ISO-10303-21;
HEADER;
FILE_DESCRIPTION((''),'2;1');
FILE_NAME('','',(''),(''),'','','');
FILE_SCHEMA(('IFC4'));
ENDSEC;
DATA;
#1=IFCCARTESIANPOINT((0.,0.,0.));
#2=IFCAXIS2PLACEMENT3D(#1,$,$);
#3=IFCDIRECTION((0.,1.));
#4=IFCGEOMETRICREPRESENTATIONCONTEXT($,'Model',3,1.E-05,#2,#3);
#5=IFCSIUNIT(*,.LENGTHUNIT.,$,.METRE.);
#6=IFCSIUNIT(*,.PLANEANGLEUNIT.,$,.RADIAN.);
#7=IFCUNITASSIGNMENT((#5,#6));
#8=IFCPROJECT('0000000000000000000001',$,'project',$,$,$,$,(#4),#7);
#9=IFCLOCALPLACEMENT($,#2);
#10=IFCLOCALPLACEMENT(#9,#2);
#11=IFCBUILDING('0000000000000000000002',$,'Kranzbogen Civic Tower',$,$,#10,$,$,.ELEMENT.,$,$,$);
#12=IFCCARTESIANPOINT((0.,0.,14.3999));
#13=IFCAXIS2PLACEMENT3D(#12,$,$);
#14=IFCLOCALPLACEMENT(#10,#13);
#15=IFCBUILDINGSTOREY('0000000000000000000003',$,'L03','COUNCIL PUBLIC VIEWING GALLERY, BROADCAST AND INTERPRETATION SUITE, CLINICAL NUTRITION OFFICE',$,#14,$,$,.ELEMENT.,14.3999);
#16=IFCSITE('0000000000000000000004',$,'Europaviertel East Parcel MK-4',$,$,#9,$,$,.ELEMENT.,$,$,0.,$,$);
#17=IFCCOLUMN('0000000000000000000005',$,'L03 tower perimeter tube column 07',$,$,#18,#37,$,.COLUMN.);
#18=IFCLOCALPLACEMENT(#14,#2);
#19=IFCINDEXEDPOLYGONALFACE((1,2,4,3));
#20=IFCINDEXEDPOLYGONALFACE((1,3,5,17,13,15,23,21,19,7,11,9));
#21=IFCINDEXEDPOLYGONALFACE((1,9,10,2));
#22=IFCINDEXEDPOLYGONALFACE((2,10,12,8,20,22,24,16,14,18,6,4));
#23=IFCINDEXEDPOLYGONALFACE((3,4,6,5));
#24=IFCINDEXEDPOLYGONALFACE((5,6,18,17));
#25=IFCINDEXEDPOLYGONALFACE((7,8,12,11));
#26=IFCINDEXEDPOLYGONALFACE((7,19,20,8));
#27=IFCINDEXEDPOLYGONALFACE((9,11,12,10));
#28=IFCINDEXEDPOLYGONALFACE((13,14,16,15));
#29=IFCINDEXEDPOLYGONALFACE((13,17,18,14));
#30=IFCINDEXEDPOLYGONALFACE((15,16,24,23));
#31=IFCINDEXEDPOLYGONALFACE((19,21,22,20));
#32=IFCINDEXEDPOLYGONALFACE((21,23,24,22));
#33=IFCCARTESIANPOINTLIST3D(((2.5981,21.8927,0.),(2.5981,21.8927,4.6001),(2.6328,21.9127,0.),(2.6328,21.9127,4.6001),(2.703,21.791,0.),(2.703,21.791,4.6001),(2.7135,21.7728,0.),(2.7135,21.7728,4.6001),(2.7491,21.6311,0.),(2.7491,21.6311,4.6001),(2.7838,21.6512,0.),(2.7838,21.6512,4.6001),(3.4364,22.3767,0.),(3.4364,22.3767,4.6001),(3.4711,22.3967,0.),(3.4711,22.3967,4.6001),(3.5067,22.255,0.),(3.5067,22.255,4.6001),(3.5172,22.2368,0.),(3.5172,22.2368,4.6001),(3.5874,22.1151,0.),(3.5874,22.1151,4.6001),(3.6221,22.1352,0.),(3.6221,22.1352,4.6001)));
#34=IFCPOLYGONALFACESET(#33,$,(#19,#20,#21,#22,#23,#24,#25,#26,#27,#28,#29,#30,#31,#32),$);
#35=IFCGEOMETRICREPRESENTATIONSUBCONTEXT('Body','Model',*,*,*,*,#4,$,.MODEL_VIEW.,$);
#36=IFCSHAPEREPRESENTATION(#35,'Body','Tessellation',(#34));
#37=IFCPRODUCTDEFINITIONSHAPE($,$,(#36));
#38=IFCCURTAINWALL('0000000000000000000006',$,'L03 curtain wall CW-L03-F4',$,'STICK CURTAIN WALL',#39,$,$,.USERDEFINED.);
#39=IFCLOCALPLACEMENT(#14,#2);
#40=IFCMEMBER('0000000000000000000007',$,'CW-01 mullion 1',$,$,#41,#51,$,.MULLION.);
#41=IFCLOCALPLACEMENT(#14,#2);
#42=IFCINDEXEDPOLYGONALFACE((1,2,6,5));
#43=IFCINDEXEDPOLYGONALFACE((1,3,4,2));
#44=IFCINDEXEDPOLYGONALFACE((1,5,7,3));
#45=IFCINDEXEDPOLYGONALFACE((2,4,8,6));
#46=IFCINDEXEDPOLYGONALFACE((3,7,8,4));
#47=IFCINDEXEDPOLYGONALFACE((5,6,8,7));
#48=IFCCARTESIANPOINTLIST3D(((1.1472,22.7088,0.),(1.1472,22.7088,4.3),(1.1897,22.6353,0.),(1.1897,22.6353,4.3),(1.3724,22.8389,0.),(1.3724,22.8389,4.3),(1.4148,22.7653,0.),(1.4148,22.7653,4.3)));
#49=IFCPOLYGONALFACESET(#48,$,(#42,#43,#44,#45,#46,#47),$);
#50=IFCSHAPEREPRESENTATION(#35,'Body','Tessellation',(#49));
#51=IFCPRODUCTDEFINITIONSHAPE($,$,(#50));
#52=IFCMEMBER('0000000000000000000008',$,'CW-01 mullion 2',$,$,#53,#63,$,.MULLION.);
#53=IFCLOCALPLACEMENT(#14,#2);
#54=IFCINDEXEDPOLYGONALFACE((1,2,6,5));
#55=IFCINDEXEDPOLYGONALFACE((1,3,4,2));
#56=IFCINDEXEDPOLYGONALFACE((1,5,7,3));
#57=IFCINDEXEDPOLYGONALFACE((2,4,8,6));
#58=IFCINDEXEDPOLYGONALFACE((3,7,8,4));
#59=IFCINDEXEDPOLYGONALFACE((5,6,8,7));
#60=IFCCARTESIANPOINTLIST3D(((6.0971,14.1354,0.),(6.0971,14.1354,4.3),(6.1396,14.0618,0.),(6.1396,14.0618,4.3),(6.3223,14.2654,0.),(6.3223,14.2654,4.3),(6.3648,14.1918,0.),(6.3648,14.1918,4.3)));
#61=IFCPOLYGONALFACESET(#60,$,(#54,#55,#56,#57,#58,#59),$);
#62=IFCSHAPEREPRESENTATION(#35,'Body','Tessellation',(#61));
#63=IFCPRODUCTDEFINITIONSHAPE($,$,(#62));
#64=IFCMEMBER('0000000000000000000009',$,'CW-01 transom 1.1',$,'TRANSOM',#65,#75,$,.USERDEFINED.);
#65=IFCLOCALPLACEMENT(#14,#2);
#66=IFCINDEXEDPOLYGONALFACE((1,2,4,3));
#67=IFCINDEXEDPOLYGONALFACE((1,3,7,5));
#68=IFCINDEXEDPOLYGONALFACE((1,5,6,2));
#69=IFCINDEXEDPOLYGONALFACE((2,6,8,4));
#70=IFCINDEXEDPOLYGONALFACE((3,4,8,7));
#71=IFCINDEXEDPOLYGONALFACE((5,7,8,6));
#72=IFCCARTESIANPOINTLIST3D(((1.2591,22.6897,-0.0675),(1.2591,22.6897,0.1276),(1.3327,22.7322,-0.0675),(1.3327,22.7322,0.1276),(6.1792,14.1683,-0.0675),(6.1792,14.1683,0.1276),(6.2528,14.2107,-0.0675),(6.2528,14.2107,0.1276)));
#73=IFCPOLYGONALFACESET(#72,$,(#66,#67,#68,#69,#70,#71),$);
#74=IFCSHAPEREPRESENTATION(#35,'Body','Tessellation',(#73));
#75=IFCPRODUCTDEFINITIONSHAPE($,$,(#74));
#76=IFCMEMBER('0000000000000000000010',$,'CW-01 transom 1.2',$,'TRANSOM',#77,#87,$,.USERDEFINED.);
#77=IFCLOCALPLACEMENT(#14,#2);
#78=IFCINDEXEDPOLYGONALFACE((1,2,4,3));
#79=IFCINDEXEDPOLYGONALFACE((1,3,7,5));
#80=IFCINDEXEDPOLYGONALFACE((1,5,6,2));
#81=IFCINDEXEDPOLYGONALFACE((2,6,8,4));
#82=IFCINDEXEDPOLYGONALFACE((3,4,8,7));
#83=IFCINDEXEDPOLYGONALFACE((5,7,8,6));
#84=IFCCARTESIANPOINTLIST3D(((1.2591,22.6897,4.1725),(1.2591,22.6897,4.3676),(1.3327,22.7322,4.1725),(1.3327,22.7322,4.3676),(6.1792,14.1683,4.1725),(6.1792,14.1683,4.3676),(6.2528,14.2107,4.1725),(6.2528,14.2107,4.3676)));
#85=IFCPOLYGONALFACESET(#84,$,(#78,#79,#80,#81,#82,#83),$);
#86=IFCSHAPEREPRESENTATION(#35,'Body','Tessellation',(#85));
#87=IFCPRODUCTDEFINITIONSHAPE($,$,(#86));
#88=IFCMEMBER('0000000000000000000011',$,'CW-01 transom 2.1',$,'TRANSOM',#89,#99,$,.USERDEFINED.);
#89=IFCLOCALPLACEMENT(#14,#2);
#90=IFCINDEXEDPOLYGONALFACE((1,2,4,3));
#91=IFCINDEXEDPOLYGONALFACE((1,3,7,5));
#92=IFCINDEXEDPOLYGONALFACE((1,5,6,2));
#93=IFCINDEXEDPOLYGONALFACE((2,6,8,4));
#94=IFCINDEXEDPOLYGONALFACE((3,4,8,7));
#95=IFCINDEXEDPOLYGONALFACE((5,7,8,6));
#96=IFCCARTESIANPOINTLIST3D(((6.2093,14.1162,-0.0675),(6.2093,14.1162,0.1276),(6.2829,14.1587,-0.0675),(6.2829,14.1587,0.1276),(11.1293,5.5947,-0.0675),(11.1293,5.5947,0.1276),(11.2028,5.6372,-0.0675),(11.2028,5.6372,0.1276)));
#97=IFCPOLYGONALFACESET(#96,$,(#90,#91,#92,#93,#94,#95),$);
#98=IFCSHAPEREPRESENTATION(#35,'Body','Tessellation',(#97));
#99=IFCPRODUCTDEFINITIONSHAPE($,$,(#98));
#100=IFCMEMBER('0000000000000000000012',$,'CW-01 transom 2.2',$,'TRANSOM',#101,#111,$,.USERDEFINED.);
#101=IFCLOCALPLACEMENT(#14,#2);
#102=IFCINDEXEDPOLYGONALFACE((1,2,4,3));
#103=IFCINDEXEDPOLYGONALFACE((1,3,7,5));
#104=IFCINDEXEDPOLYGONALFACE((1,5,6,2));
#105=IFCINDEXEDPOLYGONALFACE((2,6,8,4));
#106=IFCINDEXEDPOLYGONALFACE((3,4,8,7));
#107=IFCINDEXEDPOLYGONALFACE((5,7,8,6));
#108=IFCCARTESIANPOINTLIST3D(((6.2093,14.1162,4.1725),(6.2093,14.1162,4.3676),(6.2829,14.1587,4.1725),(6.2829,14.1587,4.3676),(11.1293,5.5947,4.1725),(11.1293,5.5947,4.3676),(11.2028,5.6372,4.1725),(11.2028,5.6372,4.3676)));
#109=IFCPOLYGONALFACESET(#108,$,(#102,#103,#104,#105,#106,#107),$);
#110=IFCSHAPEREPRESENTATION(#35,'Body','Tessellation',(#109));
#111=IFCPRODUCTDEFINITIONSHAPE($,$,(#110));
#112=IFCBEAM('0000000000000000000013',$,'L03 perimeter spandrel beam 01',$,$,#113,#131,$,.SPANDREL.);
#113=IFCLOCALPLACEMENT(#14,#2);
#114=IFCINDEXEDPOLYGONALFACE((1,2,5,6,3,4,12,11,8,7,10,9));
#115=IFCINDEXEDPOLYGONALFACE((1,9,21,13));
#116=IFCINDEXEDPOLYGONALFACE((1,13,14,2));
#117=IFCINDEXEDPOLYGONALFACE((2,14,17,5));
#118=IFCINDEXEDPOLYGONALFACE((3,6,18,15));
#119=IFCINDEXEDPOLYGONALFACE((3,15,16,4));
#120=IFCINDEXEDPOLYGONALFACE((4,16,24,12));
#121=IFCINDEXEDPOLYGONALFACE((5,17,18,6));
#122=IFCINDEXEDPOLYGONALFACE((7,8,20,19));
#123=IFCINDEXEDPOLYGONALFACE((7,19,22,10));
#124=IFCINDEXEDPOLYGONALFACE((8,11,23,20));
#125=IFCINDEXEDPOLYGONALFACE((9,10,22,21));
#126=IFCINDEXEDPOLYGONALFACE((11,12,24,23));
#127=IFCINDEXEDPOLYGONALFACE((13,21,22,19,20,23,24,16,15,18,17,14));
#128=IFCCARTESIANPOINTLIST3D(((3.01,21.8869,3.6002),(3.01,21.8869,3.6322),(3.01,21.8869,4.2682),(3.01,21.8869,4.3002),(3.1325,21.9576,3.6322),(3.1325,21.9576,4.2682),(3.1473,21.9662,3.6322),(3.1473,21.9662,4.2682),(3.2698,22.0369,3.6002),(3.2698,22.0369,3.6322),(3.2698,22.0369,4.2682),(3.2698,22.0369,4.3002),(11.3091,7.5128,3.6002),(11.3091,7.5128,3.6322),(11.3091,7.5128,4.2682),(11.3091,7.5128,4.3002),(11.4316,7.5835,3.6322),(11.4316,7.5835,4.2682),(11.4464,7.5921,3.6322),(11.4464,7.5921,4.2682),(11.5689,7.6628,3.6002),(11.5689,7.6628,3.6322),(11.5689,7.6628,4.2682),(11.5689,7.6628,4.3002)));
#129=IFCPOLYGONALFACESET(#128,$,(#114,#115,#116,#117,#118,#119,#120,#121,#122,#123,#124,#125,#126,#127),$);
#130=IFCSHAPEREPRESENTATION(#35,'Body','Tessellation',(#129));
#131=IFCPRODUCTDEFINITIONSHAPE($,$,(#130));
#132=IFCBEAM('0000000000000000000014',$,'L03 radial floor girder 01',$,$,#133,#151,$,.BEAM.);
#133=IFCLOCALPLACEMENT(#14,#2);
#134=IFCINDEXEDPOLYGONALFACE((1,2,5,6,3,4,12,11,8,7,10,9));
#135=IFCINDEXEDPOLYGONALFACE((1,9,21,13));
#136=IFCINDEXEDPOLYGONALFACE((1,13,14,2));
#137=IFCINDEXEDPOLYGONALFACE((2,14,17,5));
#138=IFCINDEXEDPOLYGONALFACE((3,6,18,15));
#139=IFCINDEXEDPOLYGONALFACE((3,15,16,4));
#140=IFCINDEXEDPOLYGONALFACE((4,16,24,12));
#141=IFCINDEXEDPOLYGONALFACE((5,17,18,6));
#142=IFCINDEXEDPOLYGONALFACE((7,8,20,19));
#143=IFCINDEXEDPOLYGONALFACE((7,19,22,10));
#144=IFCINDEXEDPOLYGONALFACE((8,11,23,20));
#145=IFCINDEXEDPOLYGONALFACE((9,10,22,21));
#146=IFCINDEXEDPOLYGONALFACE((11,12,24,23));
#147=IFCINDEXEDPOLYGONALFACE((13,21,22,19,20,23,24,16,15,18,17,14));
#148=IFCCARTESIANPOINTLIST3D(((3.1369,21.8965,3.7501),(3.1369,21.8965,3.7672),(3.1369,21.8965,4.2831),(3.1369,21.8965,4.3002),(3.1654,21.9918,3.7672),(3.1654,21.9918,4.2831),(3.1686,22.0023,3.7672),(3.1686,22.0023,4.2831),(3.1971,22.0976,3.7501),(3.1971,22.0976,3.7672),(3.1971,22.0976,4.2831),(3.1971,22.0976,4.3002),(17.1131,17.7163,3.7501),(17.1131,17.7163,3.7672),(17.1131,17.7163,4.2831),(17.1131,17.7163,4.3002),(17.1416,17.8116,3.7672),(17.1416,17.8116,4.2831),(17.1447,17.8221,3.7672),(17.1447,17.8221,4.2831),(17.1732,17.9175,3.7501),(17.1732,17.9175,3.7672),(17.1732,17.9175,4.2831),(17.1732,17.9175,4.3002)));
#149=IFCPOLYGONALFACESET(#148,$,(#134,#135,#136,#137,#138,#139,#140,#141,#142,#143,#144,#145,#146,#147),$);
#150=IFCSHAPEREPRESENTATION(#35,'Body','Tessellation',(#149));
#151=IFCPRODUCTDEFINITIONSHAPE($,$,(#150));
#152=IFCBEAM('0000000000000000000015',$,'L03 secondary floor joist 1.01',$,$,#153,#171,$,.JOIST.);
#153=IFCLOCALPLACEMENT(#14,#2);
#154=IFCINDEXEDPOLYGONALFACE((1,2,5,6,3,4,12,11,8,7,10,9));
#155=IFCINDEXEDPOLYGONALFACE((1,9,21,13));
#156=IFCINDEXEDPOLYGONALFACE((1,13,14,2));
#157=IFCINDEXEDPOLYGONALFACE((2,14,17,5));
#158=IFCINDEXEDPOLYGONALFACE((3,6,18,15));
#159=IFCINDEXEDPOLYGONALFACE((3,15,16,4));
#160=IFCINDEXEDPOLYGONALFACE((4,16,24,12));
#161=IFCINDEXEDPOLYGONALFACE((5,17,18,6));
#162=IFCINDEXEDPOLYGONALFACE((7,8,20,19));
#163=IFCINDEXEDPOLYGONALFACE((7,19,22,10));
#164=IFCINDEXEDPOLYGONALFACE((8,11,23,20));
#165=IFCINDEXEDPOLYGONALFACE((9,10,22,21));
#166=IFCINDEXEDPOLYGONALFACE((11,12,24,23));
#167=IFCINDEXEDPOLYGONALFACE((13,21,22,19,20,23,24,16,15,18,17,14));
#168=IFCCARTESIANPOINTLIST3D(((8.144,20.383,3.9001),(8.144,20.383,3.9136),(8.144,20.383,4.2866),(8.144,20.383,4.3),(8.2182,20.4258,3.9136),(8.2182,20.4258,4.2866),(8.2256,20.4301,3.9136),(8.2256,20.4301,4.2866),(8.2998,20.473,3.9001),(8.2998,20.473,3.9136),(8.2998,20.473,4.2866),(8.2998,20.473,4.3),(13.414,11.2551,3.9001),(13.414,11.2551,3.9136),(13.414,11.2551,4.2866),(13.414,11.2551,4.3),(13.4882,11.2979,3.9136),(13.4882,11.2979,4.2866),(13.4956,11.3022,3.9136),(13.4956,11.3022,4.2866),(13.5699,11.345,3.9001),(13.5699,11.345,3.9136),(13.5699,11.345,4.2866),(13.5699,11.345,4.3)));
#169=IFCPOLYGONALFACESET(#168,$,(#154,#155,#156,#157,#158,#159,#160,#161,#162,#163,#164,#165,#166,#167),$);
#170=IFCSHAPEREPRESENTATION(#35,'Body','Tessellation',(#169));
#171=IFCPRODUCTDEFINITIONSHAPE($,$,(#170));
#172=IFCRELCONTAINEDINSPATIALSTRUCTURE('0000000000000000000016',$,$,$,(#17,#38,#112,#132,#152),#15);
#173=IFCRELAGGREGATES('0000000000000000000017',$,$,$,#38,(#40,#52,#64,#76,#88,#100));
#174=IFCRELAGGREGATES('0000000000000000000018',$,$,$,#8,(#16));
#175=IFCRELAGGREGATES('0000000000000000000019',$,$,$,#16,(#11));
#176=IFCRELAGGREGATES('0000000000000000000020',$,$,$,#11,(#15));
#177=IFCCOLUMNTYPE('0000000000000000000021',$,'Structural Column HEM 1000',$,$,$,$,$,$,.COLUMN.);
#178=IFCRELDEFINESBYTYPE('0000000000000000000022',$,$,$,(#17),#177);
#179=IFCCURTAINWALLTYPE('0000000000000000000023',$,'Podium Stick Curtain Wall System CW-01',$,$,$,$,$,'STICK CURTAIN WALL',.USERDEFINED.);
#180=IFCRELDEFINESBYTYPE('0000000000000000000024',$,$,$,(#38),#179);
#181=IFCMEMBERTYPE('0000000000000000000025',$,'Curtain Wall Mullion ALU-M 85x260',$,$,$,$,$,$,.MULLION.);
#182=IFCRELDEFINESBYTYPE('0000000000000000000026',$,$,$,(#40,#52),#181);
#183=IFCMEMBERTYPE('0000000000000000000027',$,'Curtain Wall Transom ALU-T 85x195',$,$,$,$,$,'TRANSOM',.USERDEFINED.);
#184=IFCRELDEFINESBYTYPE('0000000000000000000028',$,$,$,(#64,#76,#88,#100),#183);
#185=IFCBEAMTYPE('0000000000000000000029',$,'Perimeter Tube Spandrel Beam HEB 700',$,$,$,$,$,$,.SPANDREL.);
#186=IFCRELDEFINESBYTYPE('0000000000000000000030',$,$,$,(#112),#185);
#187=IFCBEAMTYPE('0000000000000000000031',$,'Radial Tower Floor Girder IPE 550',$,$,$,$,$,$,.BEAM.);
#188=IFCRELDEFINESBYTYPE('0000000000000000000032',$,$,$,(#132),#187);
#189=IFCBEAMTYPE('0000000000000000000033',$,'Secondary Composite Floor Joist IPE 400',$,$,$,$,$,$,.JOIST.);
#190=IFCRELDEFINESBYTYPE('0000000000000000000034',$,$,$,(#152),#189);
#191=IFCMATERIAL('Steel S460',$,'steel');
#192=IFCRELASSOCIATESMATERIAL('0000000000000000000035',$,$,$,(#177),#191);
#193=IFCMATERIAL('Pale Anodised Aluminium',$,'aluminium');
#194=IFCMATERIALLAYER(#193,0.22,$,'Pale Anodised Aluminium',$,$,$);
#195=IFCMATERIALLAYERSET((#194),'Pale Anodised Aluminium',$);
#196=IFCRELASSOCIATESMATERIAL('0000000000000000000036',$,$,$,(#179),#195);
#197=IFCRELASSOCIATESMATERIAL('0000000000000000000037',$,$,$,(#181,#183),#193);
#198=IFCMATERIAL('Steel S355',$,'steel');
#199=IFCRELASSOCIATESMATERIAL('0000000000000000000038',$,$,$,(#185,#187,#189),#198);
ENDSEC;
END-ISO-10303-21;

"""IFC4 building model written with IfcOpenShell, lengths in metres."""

from ifc_helpers import new_model, si_unit, direction, frame, origin, origin_2d, place, context, subcontext, project, spatial, rectangle, i_section, extrude, material, layer, layer_set, material_profile, profile_set, type_object, element, aggregate, save


model = new_model("IFC4")

# Units and contexts
model_context = context("Model", 3, precision=1e-05, world=origin(), true_north=direction((0.0, 1.0)))
body_context = subcontext(model_context, "Body", "Model", "MODEL_VIEW")
ifc_project = project(units=[si_unit("LENGTHUNIT", "METRE"), si_unit("PLANEANGLEUNIT", "RADIAN")], contexts=[model_context])

# Site, building, storey
site_placement = place(None, origin())
site = spatial("IfcSite", under=ifc_project, at=site_placement, Name="Europaviertel East Parcel MK-4", CompositionType="ELEMENT", RefElevation=0.0)
building_placement = place(site_placement, origin())
building = spatial("IfcBuilding", under=site, at=building_placement, Name="Kranzbogen Civic Tower", CompositionType="ELEMENT")
storey_placement = place(building_placement, frame((0.0, 0.0, 14.3999)))
storey = spatial("IfcBuildingStorey", under=building, at=storey_placement, Name="L03", Description="COUNCIL PUBLIC VIEWING GALLERY, BROADCAST AND INTERPRETATION SUITE, CLINICAL NUTRITION OFFICE", CompositionType="ELEMENT", Elevation=14.3999)

# Column
ifc_material_1 = material(Name="Steel S460", Category="steel")
ifc_material_profile_1 = material_profile(ifc_material_1, i_section(OverallWidth=0.302, OverallDepth=1.0081, WebThickness=0.021, FlangeThickness=0.04, at=origin_2d()), Name="HEM 1000")
ifc_profile_set_1 = profile_set([ifc_material_profile_1], Name="Steel S460")
column_type = type_object("IfcColumnType", Name="Structural Column HEM 1000", PredefinedType="COLUMN", material=ifc_profile_set_1)
column_placement = place(storey_placement, frame((3.1101, 22.0139, 0.0), z_axis=(0.0, 0.0, 1.0), x_axis=(-0.5, 0.866025, 0.0)))
element("IfcColumn", 1, at=column_placement, inside=storey, type_object=column_type, Name="L03 tower perimeter tube column 07", PredefinedType="COLUMN", context=body_context, shape_type="SweptSolid", body=[
    extrude(i_section(OverallWidth=0.302, OverallDepth=1.0081, WebThickness=0.021, FlangeThickness=0.04, at=origin_2d()), origin(), (0.0, 0.0, 1.0), 4.6001),
])

# Curtain wall, members
ifc_material_2 = material(Name="Pale Anodised Aluminium", Category="aluminium")
ifc_layer_1 = layer(ifc_material_2, 0.22, Name="Pale Anodised Aluminium")
ifc_layer_set_1 = layer_set([ifc_layer_1], Name="Pale Anodised Aluminium")
curtain_wall_type = type_object("IfcCurtainWallType", Name="Podium Stick Curtain Wall System CW-01", ElementType="STICK CURTAIN WALL", PredefinedType="USERDEFINED", material=ifc_layer_set_1)
curtain_wall_placement = place(storey_placement, origin())
curtain_wall = element("IfcCurtainWall", 2, at=curtain_wall_placement, inside=storey, type_object=curtain_wall_type, Name="L03 curtain wall CW-L03-F4", ObjectType="STICK CURTAIN WALL", PredefinedType="USERDEFINED")
ifc_material_profile_2 = material_profile(ifc_material_2, rectangle(XDim=0.085, YDim=0.26, at=origin_2d()), Name="ALU-M 85x260")
ifc_profile_set_2 = profile_set([ifc_material_profile_2], Name="Pale Anodised Aluminium")
member_type_1 = type_object("IfcMemberType", Name="Curtain Wall Mullion ALU-M 85x260", PredefinedType="MULLION", material=ifc_profile_set_2)
member_1_placement = place(storey_placement, frame((1.281, 22.7371, 0.0), z_axis=(0.0, 0.0, 1.0), x_axis=(0.500006, -0.866022, 0.0)))
member_1 = element("IfcMember", 3, at=member_1_placement, type_object=member_type_1, Name="CW-01 mullion 1", PredefinedType="MULLION", context=body_context, shape_type="SweptSolid", body=[
    extrude(rectangle(XDim=0.085, YDim=0.26, at=origin_2d()), origin(), (0.0, 0.0, 1.0), 4.3),
])
member_2_placement = place(storey_placement, frame((6.231, 14.1636, 0.0), z_axis=(0.0, 0.0, 1.0), x_axis=(0.500006, -0.866022, 0.0)))
member_2 = element("IfcMember", 4, at=member_2_placement, type_object=member_type_1, Name="CW-01 mullion 2", PredefinedType="MULLION", context=body_context, shape_type="SweptSolid", body=[
    extrude(rectangle(XDim=0.085, YDim=0.26, at=origin_2d()), origin(), (0.0, 0.0, 1.0), 4.3),
])
ifc_material_profile_3 = material_profile(ifc_material_2, rectangle(XDim=0.085, YDim=0.1951, at=origin_2d()), Name="ALU-T 85x195")
ifc_profile_set_3 = profile_set([ifc_material_profile_3], Name="Pale Anodised Aluminium")
member_type_2 = type_object("IfcMemberType", Name="Curtain Wall Transom ALU-T 85x195", ElementType="TRANSOM", PredefinedType="USERDEFINED", material=ifc_profile_set_3)
member_3_placement = place(storey_placement, frame((1.2959, 22.7109, 0.03), z_axis=(0.500022, -0.866013, 0.0), x_axis=(0.866013, 0.500022, 0.0)))
member_3 = element("IfcMember", 5, at=member_3_placement, type_object=member_type_2, Name="CW-01 transom 1.1", ObjectType="TRANSOM", PredefinedType="USERDEFINED", context=body_context, shape_type="SweptSolid", body=[
    extrude(rectangle(XDim=0.085, YDim=0.1951, at=origin_2d()), origin(), (0.0, 0.0, 1.0), 9.8398),
])
member_4_placement = place(storey_placement, frame((1.2959, 22.7109, 4.27), z_axis=(0.500022, -0.866013, 0.0), x_axis=(0.866013, 0.500022, 0.0)))
member_4 = element("IfcMember", 6, at=member_4_placement, type_object=member_type_2, Name="CW-01 transom 1.2", ObjectType="TRANSOM", PredefinedType="USERDEFINED", context=body_context, shape_type="SweptSolid", body=[
    extrude(rectangle(XDim=0.085, YDim=0.1951, at=origin_2d()), origin(), (0.0, 0.0, 1.0), 9.8398),
])
member_5_placement = place(storey_placement, frame((6.2461, 14.1375, 0.03), z_axis=(0.500003, -0.866024, 0.0), x_axis=(0.866024, 0.500003, 0.0)))
member_5 = element("IfcMember", 7, at=member_5_placement, type_object=member_type_2, Name="CW-01 transom 2.1", ObjectType="TRANSOM", PredefinedType="USERDEFINED", context=body_context, shape_type="SweptSolid", body=[
    extrude(rectangle(XDim=0.085, YDim=0.1951, at=origin_2d()), origin(), (0.0, 0.0, 1.0), 9.8398),
])
member_6_placement = place(storey_placement, frame((6.2461, 14.1375, 4.27), z_axis=(0.500003, -0.866024, 0.0), x_axis=(0.866024, 0.500003, 0.0)))
member_6 = element("IfcMember", 8, at=member_6_placement, type_object=member_type_2, Name="CW-01 transom 2.2", ObjectType="TRANSOM", PredefinedType="USERDEFINED", context=body_context, shape_type="SweptSolid", body=[
    extrude(rectangle(XDim=0.085, YDim=0.1951, at=origin_2d()), origin(), (0.0, 0.0, 1.0), 9.8398),
])

# Beams
ifc_material_3 = material(Name="Steel S355", Category="steel")
ifc_material_profile_4 = material_profile(ifc_material_3, i_section(OverallWidth=0.3, OverallDepth=0.7, WebThickness=0.0171, FlangeThickness=0.032, at=origin_2d()), Name="HEB 700")
ifc_profile_set_4 = profile_set([ifc_material_profile_4], Name="Steel S355")
beam_type_1 = type_object("IfcBeamType", Name="Perimeter Tube Spandrel Beam HEB 700", PredefinedType="SPANDREL", material=ifc_profile_set_4)
beam_1_placement = place(storey_placement, frame((3.1399, 21.9619, 3.9502), z_axis=(0.50001, -0.86602, 0.0), x_axis=(0.86602, 0.50001, 0.0)))
element("IfcBeam", 9, at=beam_1_placement, inside=storey, type_object=beam_type_1, Name="L03 perimeter spandrel beam 01", PredefinedType="SPANDREL", context=body_context, shape_type="SweptSolid", body=[
    extrude(i_section(OverallWidth=0.3, OverallDepth=0.7, WebThickness=0.0171, FlangeThickness=0.032, at=origin_2d()), origin(), (0.0, 0.0, 1.0), 16.5979),
])
ifc_material_profile_5 = material_profile(ifc_material_3, i_section(OverallWidth=0.21, OverallDepth=0.55, WebThickness=0.011, FlangeThickness=0.0171, at=origin_2d()), Name="IPE 550")
ifc_profile_set_5 = profile_set([ifc_material_profile_5], Name="Steel S355")
beam_type_2 = type_object("IfcBeamType", Name="Radial Tower Floor Girder IPE 550", PredefinedType="BEAM", material=ifc_profile_set_5)
beam_2_placement = place(storey_placement, frame((3.167, 21.9971, 4.0251), z_axis=(0.958065, -0.286552, 0.0), x_axis=(0.286552, 0.958065, 0.0)))
element("IfcBeam", 10, at=beam_2_placement, inside=storey, type_object=beam_type_2, Name="L03 radial floor girder 01", PredefinedType="BEAM", context=body_context, shape_type="SweptSolid", body=[
    extrude(i_section(OverallWidth=0.21, OverallDepth=0.55, WebThickness=0.011, FlangeThickness=0.0171, at=origin_2d()), origin(), (0.0, 0.0, 1.0), 14.5879),
])
ifc_material_profile_6 = material_profile(ifc_material_3, i_section(OverallWidth=0.1799, OverallDepth=0.3999, WebThickness=0.0085, FlangeThickness=0.0134, at=origin_2d()), Name="IPE 400")
ifc_profile_set_6 = profile_set([ifc_material_profile_6], Name="Steel S355")
beam_type_3 = type_object("IfcBeamType", Name="Secondary Composite Floor Joist IPE 400", PredefinedType="JOIST", material=ifc_profile_set_6)
beam_3_placement = place(storey_placement, frame((8.2219, 20.428, 4.1001), z_axis=(0.5, -0.866025, 0.0), x_axis=(0.866025, 0.5, 0.0)))
element("IfcBeam", 11, at=beam_3_placement, inside=storey, type_object=beam_type_3, Name="L03 secondary floor joist 1.01", PredefinedType="JOIST", context=body_context, shape_type="SweptSolid", body=[
    extrude(i_section(OverallWidth=0.1799, OverallDepth=0.3999, WebThickness=0.0085, FlangeThickness=0.0134, at=origin_2d()), origin(), (0.0, 0.0, 1.0), 10.54),
])

aggregate(curtain_wall, [member_1, member_2, member_3, member_4, member_5, member_6])

save(model, "model.ifc")
